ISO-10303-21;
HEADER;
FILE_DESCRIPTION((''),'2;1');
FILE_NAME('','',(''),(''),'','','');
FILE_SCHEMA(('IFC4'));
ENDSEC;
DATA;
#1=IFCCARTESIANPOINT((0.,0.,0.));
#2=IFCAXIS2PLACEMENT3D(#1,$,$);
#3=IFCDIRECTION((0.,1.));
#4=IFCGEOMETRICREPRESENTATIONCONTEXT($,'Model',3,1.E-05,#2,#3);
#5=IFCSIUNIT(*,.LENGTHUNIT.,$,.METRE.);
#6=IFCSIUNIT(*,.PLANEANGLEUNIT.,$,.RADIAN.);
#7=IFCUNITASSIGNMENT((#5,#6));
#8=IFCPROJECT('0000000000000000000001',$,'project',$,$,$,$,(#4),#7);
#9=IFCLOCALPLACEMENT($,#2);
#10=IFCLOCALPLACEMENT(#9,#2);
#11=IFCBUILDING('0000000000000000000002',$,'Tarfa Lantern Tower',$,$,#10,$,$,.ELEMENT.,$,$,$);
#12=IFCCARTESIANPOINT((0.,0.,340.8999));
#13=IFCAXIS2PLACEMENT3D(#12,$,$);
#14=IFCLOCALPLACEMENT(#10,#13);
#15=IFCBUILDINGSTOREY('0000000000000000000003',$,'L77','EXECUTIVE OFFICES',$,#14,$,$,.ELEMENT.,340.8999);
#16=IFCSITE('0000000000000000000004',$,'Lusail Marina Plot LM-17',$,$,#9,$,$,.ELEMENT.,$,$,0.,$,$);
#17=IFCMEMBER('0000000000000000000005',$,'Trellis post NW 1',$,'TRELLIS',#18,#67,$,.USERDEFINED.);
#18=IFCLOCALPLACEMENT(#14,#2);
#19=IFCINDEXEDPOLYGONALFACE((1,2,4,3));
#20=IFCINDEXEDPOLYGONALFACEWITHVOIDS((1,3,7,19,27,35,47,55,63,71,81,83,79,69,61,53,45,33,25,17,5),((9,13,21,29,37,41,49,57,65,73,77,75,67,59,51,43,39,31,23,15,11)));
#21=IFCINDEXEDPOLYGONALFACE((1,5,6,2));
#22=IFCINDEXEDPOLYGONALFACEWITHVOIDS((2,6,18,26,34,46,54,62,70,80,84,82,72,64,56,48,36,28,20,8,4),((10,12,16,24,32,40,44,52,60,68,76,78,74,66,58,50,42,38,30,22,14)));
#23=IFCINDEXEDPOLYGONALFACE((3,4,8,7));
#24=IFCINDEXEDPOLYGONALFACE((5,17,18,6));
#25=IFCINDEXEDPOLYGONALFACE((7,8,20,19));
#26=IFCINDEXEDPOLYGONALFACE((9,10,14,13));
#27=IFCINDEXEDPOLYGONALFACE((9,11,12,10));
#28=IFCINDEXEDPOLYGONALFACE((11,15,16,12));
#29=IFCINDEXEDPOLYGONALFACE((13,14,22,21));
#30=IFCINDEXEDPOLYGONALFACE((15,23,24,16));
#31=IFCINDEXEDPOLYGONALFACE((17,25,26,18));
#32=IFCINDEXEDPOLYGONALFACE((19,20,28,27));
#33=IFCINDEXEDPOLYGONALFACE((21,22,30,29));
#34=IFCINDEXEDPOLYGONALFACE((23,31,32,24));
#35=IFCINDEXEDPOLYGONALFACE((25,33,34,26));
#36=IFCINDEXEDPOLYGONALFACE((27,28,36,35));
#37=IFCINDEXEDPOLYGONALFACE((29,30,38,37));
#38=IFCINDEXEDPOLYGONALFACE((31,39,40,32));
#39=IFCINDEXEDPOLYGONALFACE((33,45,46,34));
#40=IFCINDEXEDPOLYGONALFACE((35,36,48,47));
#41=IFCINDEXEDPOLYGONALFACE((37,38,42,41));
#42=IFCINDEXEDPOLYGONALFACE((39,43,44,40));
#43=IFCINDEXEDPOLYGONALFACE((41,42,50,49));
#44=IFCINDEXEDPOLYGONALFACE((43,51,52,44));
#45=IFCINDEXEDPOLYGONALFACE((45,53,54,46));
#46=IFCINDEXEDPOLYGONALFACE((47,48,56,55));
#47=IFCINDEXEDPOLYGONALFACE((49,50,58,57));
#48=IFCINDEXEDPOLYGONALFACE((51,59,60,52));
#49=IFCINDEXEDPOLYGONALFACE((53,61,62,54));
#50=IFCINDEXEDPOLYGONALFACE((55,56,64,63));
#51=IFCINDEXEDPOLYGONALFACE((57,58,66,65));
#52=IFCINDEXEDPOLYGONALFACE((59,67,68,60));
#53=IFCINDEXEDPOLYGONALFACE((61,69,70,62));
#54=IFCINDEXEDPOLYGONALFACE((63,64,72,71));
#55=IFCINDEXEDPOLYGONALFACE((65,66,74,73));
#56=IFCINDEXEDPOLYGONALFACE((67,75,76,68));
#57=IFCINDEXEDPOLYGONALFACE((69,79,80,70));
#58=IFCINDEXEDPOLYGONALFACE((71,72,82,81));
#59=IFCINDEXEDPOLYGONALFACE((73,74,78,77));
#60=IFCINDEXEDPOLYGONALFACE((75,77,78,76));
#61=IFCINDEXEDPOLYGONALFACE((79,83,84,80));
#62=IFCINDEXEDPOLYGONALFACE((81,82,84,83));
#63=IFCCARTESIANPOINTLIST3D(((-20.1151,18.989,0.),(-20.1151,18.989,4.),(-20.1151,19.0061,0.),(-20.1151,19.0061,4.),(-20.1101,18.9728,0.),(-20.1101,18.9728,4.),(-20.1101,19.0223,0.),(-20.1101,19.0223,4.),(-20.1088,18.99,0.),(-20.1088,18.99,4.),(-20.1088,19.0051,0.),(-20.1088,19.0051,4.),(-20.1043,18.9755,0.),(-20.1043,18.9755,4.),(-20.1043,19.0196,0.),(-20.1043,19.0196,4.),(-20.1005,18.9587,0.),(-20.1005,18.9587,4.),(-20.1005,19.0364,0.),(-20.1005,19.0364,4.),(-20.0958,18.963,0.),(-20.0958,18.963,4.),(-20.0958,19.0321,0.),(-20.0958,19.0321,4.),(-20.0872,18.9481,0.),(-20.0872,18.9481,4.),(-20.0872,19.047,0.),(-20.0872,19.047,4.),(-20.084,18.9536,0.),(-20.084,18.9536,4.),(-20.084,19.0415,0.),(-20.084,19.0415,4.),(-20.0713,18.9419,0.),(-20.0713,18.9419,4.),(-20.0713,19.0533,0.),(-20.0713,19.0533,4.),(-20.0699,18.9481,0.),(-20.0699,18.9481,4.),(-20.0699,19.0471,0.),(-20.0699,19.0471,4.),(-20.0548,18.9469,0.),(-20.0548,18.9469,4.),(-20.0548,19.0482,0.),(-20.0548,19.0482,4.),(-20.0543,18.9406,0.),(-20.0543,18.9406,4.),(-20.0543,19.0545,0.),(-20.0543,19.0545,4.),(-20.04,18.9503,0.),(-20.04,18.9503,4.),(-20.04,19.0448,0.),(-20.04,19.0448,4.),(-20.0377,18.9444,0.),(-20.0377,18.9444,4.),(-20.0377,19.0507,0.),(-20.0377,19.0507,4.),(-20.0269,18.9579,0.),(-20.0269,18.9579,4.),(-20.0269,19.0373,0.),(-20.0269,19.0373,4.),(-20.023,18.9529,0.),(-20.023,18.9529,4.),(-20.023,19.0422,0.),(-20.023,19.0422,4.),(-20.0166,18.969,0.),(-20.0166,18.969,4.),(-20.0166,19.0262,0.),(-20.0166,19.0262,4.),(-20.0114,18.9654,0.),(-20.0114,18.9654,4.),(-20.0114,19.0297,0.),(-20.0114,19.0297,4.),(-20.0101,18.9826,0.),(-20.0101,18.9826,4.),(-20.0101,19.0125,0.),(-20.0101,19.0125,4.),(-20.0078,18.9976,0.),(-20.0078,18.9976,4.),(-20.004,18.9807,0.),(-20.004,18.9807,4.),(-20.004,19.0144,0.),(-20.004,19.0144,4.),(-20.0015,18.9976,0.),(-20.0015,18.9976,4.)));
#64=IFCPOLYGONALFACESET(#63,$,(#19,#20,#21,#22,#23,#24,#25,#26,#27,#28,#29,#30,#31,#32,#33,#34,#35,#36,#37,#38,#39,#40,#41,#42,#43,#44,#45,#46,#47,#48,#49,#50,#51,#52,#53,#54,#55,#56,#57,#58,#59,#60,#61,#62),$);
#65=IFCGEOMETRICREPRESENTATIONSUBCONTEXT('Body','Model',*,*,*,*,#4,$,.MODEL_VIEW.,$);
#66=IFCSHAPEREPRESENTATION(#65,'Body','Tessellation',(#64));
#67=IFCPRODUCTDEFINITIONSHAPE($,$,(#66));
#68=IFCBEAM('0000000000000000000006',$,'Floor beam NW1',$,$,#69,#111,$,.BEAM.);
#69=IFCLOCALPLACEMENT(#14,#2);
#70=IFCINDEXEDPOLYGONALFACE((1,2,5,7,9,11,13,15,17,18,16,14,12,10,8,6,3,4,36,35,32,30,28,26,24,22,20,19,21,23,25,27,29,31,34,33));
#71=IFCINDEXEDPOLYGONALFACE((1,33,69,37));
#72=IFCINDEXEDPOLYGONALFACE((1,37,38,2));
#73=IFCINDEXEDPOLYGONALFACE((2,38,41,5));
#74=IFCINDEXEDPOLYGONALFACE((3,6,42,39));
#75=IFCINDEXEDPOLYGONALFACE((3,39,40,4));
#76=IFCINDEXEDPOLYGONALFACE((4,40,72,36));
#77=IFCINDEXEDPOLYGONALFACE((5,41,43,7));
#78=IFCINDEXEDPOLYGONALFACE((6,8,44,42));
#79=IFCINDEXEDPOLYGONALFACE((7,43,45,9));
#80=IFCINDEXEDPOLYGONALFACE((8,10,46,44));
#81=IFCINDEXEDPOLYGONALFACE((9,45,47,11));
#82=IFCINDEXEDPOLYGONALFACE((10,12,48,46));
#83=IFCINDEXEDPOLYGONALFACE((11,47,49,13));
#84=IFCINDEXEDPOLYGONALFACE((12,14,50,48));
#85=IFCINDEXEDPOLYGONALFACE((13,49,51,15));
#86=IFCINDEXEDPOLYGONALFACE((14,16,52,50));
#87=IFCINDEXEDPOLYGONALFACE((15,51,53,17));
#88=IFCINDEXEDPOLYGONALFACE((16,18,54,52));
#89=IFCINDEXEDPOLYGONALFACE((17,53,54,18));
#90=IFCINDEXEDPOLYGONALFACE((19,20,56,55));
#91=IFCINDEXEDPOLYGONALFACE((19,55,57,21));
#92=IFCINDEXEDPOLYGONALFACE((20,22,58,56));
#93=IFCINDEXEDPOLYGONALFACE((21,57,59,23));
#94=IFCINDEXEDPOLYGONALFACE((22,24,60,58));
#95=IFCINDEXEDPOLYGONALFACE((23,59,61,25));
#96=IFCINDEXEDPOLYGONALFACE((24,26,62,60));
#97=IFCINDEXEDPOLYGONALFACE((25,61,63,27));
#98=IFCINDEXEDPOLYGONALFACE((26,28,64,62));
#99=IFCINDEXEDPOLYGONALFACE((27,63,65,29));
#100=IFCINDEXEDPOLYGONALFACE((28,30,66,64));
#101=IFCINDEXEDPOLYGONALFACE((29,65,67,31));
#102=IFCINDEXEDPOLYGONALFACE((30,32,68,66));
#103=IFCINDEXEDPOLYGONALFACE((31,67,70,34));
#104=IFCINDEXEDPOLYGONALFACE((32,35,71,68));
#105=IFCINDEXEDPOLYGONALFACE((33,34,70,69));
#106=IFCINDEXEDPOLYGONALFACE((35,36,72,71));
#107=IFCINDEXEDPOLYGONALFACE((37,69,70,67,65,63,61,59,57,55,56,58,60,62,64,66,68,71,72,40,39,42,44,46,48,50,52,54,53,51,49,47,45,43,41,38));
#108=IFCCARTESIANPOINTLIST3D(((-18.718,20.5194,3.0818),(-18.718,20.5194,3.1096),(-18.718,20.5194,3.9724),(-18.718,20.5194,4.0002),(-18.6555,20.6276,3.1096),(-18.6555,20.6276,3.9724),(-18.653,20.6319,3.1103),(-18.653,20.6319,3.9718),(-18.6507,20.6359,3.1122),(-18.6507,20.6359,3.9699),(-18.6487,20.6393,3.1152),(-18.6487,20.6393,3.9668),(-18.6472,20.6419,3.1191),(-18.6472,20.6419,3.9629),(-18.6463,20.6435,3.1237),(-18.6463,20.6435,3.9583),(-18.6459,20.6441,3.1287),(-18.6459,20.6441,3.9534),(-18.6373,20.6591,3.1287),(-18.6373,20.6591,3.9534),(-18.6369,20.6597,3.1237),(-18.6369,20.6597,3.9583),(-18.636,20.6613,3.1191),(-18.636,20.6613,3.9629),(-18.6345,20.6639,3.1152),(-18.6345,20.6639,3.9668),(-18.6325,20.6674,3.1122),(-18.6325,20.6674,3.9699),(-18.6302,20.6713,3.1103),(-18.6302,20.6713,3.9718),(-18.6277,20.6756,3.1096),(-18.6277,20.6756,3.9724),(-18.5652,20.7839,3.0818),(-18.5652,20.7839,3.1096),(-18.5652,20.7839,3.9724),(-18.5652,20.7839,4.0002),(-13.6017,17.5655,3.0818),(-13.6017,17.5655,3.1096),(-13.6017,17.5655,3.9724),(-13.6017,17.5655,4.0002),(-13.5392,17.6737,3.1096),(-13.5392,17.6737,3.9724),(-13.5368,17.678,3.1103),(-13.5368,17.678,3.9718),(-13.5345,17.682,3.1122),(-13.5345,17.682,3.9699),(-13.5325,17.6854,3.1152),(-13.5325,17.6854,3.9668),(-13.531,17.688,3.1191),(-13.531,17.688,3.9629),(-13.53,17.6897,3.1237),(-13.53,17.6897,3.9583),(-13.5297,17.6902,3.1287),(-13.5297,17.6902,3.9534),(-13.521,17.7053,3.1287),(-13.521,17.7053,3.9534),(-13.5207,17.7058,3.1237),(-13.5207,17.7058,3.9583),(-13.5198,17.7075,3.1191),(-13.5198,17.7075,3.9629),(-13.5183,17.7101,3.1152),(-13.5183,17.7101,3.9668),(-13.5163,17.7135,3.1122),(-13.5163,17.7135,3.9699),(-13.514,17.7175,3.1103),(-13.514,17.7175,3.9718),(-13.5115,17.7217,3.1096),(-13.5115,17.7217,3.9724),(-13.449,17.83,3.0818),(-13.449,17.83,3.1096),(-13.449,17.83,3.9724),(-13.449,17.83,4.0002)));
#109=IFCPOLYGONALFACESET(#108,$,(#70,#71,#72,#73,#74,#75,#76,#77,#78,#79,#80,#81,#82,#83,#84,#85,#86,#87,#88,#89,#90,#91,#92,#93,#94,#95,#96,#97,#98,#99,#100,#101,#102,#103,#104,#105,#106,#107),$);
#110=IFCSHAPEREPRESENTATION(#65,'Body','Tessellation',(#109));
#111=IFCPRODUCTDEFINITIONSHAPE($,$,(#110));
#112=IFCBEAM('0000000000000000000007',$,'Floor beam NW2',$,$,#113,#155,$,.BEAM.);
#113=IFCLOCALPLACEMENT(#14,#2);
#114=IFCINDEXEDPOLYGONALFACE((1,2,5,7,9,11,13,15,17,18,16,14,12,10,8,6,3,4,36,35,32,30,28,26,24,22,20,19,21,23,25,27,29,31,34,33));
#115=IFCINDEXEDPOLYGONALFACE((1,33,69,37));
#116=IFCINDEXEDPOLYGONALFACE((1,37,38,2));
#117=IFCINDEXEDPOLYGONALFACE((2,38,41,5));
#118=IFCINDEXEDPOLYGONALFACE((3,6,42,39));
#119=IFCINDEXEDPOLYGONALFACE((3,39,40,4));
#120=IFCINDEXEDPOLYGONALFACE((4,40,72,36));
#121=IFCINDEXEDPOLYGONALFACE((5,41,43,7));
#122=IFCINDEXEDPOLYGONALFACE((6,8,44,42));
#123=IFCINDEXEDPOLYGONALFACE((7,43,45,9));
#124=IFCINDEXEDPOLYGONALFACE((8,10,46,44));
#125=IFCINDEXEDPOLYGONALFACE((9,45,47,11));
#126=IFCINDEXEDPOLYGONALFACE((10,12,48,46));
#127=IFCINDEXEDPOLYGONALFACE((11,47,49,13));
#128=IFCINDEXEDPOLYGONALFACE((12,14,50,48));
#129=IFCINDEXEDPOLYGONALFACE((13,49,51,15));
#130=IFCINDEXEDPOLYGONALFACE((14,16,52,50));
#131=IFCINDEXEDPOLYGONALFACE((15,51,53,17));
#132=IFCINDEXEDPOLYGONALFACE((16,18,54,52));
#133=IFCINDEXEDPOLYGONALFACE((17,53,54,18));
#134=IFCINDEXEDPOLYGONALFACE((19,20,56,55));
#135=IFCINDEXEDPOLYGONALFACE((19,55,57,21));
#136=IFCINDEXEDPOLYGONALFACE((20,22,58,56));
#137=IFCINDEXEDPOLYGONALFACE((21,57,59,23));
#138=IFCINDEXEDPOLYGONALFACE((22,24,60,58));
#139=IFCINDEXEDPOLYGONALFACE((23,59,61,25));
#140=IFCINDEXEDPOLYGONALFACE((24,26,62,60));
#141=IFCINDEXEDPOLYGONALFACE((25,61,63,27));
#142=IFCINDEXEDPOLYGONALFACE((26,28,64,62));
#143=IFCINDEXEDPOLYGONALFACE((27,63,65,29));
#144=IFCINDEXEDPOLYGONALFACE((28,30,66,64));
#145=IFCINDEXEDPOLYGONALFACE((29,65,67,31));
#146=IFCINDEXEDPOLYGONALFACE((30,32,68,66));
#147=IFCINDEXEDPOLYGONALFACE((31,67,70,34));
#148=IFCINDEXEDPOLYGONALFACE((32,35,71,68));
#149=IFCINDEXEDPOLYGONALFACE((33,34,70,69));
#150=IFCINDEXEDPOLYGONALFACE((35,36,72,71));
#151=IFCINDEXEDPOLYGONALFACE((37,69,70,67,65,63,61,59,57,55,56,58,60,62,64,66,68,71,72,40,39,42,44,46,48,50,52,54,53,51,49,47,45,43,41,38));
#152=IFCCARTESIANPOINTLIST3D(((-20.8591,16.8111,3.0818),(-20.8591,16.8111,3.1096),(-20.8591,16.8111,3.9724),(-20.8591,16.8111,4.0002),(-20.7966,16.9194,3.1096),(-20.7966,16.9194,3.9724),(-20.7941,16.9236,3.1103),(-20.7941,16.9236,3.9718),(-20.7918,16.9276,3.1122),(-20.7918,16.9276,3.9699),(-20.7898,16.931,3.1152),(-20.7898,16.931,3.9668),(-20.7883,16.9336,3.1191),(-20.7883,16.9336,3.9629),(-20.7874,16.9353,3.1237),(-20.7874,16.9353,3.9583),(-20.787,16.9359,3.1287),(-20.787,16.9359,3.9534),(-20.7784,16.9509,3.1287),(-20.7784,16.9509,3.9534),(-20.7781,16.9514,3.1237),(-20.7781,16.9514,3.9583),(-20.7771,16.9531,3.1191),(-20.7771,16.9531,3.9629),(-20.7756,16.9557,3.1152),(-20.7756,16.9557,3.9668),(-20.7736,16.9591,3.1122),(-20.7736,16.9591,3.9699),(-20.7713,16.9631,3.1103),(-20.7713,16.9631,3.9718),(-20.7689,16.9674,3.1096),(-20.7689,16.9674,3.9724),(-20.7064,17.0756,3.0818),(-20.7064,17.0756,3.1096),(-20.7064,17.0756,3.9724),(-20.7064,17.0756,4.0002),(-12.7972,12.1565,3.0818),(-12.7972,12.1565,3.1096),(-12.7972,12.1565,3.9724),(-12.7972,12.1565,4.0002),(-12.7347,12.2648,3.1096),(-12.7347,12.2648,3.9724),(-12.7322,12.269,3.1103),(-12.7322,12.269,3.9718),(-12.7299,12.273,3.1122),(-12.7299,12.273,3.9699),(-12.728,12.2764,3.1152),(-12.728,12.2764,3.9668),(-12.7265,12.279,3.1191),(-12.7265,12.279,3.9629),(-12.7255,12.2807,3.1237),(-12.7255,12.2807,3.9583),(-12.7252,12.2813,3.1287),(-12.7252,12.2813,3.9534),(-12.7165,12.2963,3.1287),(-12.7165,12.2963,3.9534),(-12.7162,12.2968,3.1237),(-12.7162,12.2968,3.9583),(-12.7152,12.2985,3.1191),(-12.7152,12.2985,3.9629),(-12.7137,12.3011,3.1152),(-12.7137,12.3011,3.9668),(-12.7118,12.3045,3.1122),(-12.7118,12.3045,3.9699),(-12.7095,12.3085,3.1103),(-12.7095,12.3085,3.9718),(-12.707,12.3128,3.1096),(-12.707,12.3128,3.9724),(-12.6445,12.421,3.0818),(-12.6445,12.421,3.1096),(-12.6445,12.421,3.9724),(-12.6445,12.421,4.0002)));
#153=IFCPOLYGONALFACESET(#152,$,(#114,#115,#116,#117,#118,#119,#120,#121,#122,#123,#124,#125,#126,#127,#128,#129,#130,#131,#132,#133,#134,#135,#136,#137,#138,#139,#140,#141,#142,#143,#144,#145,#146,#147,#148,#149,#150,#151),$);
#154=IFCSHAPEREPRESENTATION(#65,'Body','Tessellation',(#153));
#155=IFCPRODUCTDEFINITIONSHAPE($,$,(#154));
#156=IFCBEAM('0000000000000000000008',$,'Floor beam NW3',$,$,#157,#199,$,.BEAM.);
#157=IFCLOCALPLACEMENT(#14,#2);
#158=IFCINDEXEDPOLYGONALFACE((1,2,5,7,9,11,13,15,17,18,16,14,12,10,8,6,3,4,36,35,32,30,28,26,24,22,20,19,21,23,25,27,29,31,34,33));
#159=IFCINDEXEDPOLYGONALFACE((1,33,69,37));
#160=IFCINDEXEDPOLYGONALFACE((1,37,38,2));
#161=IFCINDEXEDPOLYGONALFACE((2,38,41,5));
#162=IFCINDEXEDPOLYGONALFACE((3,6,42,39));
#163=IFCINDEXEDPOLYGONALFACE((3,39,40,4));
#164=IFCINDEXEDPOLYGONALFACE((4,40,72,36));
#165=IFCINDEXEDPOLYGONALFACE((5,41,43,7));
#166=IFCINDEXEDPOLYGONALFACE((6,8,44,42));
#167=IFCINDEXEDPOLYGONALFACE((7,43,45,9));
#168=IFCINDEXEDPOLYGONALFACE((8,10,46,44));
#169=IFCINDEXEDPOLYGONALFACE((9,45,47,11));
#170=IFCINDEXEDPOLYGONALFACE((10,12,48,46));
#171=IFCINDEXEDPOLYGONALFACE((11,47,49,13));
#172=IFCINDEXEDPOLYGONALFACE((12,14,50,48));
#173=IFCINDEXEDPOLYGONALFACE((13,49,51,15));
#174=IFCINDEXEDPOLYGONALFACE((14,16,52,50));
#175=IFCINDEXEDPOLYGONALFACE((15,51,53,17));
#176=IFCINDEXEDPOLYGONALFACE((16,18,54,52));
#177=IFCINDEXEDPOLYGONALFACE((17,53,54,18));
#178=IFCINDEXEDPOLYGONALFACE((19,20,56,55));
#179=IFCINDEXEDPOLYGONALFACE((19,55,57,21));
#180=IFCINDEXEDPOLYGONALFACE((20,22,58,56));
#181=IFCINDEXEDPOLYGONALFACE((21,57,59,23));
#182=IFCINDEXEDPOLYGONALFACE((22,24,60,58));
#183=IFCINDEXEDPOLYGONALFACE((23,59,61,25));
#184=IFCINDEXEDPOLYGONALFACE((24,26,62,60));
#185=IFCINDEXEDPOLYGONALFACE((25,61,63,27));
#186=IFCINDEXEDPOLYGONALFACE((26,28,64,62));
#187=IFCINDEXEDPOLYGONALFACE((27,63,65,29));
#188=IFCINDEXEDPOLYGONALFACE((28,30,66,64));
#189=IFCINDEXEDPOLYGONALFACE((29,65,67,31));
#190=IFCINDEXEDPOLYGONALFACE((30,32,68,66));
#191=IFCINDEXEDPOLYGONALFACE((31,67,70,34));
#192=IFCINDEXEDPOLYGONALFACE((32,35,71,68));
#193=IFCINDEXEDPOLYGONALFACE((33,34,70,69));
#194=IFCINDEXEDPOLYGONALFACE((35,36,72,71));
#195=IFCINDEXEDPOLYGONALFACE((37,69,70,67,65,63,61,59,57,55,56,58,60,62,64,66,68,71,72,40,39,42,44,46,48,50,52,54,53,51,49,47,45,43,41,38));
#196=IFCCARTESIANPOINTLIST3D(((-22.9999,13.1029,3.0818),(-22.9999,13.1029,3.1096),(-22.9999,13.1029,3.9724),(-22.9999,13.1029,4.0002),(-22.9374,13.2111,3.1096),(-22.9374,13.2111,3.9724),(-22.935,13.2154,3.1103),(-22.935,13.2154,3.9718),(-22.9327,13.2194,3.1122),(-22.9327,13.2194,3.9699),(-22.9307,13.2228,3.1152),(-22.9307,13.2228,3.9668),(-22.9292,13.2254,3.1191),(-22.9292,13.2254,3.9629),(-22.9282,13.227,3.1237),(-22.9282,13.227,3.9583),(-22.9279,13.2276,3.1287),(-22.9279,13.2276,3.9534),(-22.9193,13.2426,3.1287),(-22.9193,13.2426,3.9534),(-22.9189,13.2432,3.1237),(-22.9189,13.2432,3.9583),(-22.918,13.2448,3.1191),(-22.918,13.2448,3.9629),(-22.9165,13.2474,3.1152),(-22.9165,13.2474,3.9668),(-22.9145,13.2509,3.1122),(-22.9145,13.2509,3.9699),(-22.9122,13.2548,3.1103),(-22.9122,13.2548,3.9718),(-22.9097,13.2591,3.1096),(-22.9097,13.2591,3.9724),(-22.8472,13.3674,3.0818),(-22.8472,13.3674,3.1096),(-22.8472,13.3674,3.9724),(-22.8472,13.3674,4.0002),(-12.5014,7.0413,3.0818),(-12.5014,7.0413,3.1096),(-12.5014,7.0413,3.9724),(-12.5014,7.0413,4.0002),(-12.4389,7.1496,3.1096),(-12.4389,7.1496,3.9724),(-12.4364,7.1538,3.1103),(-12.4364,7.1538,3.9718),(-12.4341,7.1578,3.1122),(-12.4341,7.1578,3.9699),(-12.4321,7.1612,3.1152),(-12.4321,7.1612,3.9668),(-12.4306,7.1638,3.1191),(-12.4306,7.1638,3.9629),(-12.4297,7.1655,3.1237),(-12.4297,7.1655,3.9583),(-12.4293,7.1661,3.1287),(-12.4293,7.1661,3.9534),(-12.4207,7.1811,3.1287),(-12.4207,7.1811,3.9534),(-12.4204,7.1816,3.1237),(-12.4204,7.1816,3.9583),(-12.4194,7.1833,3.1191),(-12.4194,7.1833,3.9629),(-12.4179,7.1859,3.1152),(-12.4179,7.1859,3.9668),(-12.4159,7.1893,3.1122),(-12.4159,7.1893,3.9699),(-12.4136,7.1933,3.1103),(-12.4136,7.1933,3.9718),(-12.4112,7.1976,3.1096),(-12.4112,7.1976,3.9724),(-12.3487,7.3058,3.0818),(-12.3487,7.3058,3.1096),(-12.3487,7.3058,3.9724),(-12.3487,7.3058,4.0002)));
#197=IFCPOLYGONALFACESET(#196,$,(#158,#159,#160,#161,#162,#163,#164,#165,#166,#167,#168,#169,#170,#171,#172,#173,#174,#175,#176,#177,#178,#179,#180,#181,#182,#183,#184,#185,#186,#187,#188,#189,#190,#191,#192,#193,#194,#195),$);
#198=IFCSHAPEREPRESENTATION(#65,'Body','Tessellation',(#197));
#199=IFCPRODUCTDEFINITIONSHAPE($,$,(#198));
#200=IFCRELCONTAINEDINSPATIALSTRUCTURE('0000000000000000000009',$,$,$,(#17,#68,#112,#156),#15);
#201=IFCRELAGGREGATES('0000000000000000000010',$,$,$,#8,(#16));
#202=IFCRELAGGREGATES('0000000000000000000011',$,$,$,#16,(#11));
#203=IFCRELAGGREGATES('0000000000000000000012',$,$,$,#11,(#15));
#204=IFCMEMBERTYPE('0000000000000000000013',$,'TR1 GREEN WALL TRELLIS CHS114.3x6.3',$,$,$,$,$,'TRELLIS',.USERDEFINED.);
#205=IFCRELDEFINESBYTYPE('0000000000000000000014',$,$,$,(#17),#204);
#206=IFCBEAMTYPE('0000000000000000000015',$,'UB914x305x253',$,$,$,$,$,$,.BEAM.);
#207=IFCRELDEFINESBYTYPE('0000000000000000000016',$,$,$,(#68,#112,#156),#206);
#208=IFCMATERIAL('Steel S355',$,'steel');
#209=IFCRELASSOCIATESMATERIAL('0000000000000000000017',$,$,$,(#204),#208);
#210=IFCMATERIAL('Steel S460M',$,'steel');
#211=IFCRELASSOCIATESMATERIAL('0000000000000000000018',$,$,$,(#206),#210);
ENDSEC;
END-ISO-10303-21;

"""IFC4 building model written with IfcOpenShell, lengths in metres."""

from ifc_helpers import new_model, si_unit, direction, frame, origin, origin_2d, place, context, subcontext, project, spatial, hollow_circle, i_section, extrude, material, material_profile, profile_set, type_object, element, save


model = new_model("IFC4")

# Units and contexts
model_context = context("Model", 3, precision=1e-05, world=origin(), true_north=direction((0.0, 1.0)))
body_context = subcontext(model_context, "Body", "Model", "MODEL_VIEW")
ifc_project = project(units=[si_unit("LENGTHUNIT", "METRE"), si_unit("PLANEANGLEUNIT", "RADIAN")], contexts=[model_context])

# Site, building, storey
site_placement = place(None, origin())
site = spatial("IfcSite", under=ifc_project, at=site_placement, Name="Lusail Marina Plot LM-17", CompositionType="ELEMENT", RefElevation=0.0)
building_placement = place(site_placement, origin())
building = spatial("IfcBuilding", under=site, at=building_placement, Name="Tarfa Lantern Tower", CompositionType="ELEMENT")
storey_placement = place(building_placement, frame((0.0, 0.0, 340.8999)))
storey = spatial("IfcBuildingStorey", under=building, at=storey_placement, Name="L77", Description="EXECUTIVE OFFICES", CompositionType="ELEMENT", Elevation=340.8999)

# Member
ifc_material_1 = material(Name="Steel S355", Category="steel")
ifc_material_profile_1 = material_profile(ifc_material_1, hollow_circle(Radius=0.0571, WallThickness=0.0063, at=origin_2d()), Name="CHS114.3x6.3")
ifc_profile_set_1 = profile_set([ifc_material_profile_1], Name="Steel S355")
member_type_1 = type_object("IfcMemberType", Name="TR1 GREEN WALL TRELLIS CHS114.3x6.3", ElementType="TRELLIS", PredefinedType="USERDEFINED", material=ifc_profile_set_1)
member_1_placement = place(storey_placement, frame((-20.0586, 18.9976, 0.0), z_axis=(0.0, 0.0, 1.0), x_axis=(1.0, 0.0, 0.0)))
element("IfcMember", 1, at=member_1_placement, inside=storey, type_object=member_type_1, Name="Trellis post NW 1", ObjectType="TRELLIS", PredefinedType="USERDEFINED", context=body_context, shape_type="SweptSolid", body=[
    extrude(hollow_circle(Radius=0.0571, WallThickness=0.0063, at=origin_2d()), origin(), (0.0, 0.0, 1.0), 4.0),
])

# Beams
ifc_material_2 = material(Name="Steel S460M", Category="steel")
ifc_material_profile_2 = material_profile(ifc_material_2, i_section(OverallWidth=0.3054, OverallDepth=0.9185, WebThickness=0.0173, FlangeThickness=0.0278, FilletRadius=0.019, at=origin_2d()), Name="UB914x305x253")
ifc_profile_set_2 = profile_set([ifc_material_profile_2], Name="Steel S460M")
beam_type_1 = type_object("IfcBeamType", Name="UB914x305x253", PredefinedType="BEAM", material=ifc_profile_set_2)
beam_1_placement = place(storey_placement, frame((-18.6416, 20.6516, 3.541), z_axis=(0.866025, -0.500001, 0.0), x_axis=(0.500001, 0.866025, 0.0)))
element("IfcBeam", 2, at=beam_1_placement, inside=storey, type_object=beam_type_1, Name="Floor beam NW1", PredefinedType="BEAM", context=body_context, shape_type="SweptSolid", body=[
    extrude(i_section(OverallWidth=0.3054, OverallDepth=0.9185, WebThickness=0.0173, FlangeThickness=0.0278, FilletRadius=0.019, at=origin_2d()), origin(), (0.0, 0.0, 1.0), 5.9077),
])
beam_2_placement = place(storey_placement, frame((-20.7827, 16.9434, 3.541), z_axis=(0.866022, -0.500006, 0.0), x_axis=(0.500006, 0.866022, 0.0)))
element("IfcBeam", 3, at=beam_2_placement, inside=storey, type_object=beam_type_1, Name="Floor beam NW2", PredefinedType="BEAM", context=body_context, shape_type="SweptSolid", body=[
    extrude(i_section(OverallWidth=0.3054, OverallDepth=0.9185, WebThickness=0.0173, FlangeThickness=0.0278, FilletRadius=0.019, at=origin_2d()), origin(), (0.0, 0.0, 1.0), 9.3091),
])
beam_3_placement = place(storey_placement, frame((-22.9236, 13.2351, 3.541), z_axis=(0.866019, -0.500012, 0.0), x_axis=(0.500012, 0.866019, 0.0)))
element("IfcBeam", 4, at=beam_3_placement, inside=storey, type_object=beam_type_1, Name="Floor beam NW3", PredefinedType="BEAM", context=body_context, shape_type="SweptSolid", body=[
    extrude(i_section(OverallWidth=0.3054, OverallDepth=0.9185, WebThickness=0.0173, FlangeThickness=0.0278, FilletRadius=0.019, at=origin_2d()), origin(), (0.0, 0.0, 1.0), 12.1228),
])

save(model, "model.ifc")
